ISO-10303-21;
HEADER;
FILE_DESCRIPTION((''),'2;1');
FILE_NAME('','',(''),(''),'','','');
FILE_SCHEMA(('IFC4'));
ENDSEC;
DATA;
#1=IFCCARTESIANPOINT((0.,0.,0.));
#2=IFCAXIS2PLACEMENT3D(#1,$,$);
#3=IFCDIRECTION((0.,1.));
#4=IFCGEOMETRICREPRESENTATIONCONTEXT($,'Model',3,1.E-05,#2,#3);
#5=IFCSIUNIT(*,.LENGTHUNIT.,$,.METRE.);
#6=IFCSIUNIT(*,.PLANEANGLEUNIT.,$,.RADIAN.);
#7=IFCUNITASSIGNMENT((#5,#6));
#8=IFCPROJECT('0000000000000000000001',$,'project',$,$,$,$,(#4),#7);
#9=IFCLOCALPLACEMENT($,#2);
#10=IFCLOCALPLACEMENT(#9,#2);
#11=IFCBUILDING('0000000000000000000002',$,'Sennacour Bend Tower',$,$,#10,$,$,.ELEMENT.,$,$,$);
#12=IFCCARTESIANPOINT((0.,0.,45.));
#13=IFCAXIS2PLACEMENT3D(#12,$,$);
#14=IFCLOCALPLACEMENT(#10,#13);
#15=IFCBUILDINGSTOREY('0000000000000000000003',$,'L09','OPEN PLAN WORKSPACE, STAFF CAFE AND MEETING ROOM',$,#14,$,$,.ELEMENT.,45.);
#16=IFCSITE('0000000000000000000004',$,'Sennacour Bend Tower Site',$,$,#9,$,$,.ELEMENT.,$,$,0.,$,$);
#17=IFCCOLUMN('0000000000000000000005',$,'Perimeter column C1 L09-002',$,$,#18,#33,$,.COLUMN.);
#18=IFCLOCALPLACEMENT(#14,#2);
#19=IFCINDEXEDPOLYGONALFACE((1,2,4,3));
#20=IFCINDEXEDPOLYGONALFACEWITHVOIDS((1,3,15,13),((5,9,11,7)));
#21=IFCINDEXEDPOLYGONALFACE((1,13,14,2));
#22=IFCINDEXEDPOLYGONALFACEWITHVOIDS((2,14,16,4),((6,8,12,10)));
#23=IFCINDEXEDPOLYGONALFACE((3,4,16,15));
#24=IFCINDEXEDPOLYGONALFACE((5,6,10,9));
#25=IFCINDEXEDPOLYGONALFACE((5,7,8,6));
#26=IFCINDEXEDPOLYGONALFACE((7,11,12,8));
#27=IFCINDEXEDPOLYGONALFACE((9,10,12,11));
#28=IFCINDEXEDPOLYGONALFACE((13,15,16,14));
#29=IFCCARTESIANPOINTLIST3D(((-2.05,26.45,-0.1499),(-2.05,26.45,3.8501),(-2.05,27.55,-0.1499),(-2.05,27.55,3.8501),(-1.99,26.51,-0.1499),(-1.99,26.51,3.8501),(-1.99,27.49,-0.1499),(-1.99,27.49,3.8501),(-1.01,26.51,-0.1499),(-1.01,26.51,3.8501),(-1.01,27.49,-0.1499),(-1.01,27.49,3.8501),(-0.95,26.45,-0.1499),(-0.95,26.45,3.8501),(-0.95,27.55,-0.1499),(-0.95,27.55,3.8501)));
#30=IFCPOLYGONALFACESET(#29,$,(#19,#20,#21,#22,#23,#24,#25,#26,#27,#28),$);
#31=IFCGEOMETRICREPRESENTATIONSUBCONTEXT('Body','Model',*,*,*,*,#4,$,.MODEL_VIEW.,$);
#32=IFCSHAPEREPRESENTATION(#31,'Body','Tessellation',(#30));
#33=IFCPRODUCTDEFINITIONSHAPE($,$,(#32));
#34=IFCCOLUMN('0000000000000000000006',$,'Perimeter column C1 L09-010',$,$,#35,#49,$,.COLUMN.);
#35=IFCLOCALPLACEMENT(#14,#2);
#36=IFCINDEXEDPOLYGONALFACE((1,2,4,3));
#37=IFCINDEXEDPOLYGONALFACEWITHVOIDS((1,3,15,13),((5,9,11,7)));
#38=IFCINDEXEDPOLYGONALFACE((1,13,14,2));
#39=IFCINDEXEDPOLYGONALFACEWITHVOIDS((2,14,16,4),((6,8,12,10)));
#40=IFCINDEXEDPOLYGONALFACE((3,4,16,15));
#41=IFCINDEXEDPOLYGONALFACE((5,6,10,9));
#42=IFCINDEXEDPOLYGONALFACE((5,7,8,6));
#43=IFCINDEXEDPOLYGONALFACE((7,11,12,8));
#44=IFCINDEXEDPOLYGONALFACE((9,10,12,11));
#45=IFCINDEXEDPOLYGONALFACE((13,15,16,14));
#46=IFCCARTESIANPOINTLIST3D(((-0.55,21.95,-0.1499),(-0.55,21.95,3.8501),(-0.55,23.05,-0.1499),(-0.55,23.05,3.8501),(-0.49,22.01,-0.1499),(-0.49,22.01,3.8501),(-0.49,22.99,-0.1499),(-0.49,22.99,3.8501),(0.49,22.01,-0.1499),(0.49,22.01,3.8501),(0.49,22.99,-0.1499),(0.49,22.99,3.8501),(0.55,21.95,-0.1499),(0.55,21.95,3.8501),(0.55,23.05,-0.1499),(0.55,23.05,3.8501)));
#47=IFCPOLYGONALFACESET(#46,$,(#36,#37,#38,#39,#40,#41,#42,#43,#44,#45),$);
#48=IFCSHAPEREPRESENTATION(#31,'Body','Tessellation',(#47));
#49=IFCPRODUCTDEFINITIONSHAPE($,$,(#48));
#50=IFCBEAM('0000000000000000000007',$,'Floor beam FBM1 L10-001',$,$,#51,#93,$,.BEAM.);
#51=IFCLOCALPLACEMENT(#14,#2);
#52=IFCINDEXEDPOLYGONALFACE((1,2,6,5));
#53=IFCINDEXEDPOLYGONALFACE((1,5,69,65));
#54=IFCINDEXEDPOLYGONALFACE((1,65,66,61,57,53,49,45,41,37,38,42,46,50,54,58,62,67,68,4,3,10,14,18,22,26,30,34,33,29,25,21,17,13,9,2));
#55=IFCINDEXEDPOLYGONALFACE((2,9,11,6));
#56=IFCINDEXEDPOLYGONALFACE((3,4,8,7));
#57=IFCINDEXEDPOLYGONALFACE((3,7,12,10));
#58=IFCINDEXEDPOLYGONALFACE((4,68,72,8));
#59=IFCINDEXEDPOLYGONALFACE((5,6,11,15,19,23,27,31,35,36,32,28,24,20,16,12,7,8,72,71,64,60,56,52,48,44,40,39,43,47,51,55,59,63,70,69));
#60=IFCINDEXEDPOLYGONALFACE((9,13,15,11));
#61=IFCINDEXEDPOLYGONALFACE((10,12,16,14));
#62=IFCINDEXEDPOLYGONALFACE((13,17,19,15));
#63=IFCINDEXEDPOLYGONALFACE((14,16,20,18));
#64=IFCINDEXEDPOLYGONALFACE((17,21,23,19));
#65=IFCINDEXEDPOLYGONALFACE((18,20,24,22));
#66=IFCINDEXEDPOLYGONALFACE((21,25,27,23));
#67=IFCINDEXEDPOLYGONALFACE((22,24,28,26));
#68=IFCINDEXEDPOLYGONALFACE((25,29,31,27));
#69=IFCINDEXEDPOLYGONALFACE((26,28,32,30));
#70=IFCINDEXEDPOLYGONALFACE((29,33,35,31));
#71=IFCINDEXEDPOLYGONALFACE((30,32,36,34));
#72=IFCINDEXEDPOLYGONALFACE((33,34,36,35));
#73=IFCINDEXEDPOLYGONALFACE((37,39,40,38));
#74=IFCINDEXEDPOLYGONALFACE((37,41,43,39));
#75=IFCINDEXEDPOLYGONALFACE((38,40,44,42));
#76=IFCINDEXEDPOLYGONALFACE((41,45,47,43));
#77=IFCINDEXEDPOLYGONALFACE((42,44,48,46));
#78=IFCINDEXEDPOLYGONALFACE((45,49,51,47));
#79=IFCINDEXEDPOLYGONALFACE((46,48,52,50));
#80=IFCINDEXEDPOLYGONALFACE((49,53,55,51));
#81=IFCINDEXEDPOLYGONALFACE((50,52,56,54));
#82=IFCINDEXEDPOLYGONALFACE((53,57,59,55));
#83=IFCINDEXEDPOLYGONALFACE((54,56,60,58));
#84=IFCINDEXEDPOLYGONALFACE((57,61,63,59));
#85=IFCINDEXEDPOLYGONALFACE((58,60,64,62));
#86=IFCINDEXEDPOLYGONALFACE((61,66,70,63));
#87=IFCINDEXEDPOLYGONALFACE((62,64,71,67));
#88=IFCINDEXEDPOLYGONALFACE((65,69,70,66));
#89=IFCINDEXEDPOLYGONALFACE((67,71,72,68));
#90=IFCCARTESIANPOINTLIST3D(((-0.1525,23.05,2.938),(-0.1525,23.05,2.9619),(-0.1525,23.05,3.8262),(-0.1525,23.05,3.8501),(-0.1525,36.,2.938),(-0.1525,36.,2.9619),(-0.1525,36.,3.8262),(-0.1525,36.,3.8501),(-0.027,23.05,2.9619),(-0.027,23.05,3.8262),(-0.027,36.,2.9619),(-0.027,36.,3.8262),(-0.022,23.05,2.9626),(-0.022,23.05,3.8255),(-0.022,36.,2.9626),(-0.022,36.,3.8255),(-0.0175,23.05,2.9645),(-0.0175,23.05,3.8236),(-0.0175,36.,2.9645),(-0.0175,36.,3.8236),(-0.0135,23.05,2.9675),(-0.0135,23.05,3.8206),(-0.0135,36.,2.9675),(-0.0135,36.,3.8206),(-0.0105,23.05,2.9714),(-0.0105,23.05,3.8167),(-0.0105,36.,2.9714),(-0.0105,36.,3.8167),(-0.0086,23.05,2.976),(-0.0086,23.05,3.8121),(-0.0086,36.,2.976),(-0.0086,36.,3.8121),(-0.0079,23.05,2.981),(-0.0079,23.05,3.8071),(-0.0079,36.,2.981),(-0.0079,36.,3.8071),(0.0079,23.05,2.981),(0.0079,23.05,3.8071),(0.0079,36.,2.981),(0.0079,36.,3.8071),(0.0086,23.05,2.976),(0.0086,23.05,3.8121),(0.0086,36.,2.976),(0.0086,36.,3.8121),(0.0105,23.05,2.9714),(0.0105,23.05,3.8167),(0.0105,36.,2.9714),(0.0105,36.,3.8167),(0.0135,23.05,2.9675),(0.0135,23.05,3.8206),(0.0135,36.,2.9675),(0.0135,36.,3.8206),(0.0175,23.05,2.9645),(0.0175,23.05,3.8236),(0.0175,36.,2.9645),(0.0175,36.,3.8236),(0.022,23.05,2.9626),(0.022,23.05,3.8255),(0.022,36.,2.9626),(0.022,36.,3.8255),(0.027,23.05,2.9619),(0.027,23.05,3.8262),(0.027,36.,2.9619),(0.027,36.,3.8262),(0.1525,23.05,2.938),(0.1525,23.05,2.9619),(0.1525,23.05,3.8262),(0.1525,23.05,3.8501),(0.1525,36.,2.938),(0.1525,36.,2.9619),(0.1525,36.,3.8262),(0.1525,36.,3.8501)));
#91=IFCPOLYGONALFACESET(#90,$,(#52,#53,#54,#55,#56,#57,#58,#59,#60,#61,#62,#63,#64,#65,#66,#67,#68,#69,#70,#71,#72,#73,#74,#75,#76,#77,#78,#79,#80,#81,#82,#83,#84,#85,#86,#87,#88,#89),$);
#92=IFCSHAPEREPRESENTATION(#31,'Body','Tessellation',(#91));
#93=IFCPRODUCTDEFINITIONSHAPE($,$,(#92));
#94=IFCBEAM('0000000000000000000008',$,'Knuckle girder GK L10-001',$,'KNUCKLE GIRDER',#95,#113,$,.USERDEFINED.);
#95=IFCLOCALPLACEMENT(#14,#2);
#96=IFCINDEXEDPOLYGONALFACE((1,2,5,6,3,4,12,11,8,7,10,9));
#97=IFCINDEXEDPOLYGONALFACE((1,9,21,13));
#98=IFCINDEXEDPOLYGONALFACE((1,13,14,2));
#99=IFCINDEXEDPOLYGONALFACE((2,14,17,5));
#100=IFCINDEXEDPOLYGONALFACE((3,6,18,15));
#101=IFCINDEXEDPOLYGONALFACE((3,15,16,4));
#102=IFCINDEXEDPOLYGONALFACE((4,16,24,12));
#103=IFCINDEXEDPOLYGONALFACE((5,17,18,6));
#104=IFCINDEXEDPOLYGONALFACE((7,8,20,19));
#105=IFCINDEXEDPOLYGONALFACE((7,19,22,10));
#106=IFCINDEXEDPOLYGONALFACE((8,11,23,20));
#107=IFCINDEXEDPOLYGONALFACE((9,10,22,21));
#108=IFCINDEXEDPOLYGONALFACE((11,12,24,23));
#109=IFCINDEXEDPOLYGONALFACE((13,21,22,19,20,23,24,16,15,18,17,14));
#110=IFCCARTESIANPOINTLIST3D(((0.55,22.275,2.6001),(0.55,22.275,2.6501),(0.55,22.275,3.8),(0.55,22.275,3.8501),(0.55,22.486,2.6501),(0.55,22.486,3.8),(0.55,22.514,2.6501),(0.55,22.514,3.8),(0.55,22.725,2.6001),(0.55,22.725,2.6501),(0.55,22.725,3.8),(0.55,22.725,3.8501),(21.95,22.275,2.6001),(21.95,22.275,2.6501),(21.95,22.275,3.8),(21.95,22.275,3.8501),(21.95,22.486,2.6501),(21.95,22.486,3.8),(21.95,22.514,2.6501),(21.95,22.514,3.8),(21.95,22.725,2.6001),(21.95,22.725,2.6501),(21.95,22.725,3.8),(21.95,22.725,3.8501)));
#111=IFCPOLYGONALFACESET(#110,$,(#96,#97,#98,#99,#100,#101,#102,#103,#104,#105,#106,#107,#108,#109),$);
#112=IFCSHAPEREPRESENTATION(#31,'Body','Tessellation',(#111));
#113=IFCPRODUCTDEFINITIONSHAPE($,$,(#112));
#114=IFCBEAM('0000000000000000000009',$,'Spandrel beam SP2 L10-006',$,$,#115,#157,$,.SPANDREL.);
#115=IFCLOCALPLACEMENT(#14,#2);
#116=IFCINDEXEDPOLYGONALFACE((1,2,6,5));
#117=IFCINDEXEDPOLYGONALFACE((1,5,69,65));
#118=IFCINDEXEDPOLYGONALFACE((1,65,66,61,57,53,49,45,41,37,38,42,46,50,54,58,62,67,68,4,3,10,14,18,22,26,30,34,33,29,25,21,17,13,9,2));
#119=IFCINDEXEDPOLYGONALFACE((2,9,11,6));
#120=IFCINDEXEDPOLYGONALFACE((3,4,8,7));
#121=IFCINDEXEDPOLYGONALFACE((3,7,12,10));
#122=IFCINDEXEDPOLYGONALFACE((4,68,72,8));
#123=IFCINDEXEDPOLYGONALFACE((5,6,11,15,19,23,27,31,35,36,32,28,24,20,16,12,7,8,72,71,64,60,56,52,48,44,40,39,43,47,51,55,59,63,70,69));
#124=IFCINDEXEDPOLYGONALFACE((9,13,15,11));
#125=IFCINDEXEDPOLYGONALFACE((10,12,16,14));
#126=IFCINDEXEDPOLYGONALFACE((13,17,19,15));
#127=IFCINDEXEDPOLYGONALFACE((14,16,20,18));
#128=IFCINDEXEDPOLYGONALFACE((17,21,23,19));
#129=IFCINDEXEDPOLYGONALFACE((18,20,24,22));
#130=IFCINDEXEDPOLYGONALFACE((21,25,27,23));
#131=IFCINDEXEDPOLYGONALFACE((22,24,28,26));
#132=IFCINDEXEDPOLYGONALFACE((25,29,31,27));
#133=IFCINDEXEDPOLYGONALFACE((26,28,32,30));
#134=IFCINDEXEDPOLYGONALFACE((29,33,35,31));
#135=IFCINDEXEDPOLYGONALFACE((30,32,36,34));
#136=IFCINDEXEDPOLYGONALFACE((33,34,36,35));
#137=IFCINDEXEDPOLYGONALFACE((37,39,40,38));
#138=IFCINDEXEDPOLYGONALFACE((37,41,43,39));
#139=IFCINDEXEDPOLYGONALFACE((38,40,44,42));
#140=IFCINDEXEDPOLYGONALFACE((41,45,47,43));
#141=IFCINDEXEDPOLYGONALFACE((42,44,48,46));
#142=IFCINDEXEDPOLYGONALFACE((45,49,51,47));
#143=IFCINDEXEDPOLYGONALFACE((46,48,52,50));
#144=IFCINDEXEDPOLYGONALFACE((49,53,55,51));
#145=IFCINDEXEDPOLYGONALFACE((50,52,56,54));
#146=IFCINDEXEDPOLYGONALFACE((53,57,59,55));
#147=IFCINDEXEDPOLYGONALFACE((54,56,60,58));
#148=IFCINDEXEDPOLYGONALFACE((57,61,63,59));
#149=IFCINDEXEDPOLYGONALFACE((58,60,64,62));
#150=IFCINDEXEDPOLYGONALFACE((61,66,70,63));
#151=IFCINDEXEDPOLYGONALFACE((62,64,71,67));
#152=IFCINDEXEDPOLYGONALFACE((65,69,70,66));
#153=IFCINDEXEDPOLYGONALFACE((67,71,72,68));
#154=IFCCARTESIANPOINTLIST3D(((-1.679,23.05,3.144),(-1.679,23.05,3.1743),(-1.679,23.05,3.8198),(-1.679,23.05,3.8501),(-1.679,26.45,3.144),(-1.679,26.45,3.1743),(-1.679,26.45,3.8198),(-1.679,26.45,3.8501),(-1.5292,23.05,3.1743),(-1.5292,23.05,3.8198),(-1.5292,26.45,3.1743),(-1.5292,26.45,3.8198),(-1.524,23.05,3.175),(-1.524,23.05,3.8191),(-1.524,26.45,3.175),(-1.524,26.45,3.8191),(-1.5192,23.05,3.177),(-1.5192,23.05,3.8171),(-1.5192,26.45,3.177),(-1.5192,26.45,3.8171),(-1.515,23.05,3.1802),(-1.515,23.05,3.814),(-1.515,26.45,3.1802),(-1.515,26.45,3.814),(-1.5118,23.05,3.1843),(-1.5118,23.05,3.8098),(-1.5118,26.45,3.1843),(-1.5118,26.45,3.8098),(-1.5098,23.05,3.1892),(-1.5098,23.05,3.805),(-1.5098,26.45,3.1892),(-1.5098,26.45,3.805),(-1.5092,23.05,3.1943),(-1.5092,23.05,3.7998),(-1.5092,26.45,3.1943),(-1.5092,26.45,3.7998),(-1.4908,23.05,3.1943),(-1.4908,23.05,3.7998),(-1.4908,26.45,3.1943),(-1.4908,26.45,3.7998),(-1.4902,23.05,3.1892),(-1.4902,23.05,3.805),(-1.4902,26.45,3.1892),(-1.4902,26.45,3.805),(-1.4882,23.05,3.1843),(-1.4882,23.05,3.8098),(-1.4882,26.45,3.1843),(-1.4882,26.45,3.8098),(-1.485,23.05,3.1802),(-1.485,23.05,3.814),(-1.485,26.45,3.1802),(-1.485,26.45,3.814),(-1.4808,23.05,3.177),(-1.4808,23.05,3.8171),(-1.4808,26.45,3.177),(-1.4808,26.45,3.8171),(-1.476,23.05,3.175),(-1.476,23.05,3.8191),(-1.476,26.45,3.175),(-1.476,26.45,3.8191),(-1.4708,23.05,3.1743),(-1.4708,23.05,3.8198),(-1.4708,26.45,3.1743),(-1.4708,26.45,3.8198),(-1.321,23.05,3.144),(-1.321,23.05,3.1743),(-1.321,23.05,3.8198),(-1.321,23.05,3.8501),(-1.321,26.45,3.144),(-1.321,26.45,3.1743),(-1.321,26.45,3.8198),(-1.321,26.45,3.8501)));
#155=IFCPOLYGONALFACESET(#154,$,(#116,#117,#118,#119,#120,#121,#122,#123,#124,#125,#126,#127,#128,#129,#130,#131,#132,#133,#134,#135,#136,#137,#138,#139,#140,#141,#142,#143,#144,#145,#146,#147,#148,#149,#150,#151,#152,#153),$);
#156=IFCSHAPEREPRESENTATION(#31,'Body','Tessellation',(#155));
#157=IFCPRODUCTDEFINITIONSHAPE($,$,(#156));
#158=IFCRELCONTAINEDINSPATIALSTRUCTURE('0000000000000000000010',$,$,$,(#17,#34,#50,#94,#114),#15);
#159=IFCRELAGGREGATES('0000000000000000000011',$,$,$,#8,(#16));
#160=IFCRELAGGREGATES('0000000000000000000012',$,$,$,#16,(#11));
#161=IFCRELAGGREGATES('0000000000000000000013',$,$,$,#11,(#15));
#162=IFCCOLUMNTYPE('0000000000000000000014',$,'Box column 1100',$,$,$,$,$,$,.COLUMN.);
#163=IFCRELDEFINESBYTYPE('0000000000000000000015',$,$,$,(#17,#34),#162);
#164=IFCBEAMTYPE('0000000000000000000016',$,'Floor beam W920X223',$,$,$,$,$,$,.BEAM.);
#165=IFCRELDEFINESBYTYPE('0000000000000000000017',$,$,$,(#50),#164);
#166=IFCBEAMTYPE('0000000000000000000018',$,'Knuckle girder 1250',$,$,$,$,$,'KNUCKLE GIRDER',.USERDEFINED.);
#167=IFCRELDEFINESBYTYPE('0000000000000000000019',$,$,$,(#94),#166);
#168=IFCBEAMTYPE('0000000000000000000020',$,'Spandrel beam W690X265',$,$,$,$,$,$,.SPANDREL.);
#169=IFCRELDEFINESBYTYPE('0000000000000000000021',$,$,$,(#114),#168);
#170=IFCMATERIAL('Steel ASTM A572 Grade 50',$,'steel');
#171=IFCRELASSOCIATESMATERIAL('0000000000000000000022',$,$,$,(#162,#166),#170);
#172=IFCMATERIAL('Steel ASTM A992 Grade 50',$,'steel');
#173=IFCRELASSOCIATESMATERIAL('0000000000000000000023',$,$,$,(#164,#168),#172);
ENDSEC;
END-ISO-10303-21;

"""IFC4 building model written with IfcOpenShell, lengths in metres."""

from ifc_helpers import new_model, si_unit, direction, frame, origin, origin_2d, place, context, subcontext, project, spatial, hollow_rectangle, i_section, extrude, material, material_profile, profile_set, type_object, element, save


model = new_model("IFC4")

# Units and contexts
model_context = context("Model", 3, precision=1e-05, world=origin(), true_north=direction((0.0, 1.0)))
body_context = subcontext(model_context, "Body", "Model", "MODEL_VIEW")
ifc_project = project(units=[si_unit("LENGTHUNIT", "METRE"), si_unit("PLANEANGLEUNIT", "RADIAN")], contexts=[model_context])

# Site, building, storey
site_placement = place(None, origin())
site = spatial("IfcSite", under=ifc_project, at=site_placement, Name="Sennacour Bend Tower Site", CompositionType="ELEMENT", RefElevation=0.0)
building_placement = place(site_placement, origin())
building = spatial("IfcBuilding", under=site, at=building_placement, Name="Sennacour Bend Tower", CompositionType="ELEMENT")
storey_placement = place(building_placement, frame((0.0, 0.0, 45.0)))
storey = spatial("IfcBuildingStorey", under=building, at=storey_placement, Name="L09", Description="OPEN PLAN WORKSPACE, STAFF CAFE AND MEETING ROOM", CompositionType="ELEMENT", Elevation=45.0)

# Columns
ifc_material_1 = material(Name="Steel ASTM A572 Grade 50", Category="steel")
ifc_material_profile_1 = material_profile(ifc_material_1, hollow_rectangle(XDim=1.1001, YDim=1.1001, WallThickness=0.0601, at=origin_2d()), Name="Steel ASTM A572 Grade 50", Category="steel")
ifc_profile_set_1 = profile_set([ifc_material_profile_1], Name="Steel ASTM A572 Grade 50")
column_type = type_object("IfcColumnType", Name="Box column 1100", PredefinedType="COLUMN", material=ifc_profile_set_1)
for number, where, z_axis, x_axis, name in (
    (1, (-1.5, 27.0, -0.1499), (0.0, 0.0, 1.0), (1.0, 0.0, 0.0), "Perimeter column C1 L09-002"),
    (2, (0.0, 22.5, -0.1499), (0.0, 0.0, 1.0), (1.0, 0.0, 0.0), "Perimeter column C1 L09-010"),
):
    element("IfcColumn", number, at=place(storey_placement, frame(where, z_axis=z_axis, x_axis=x_axis)), inside=storey, type_object=column_type, Name=name, PredefinedType="COLUMN", context=body_context, shape_type="SweptSolid", body=[
        extrude(hollow_rectangle(XDim=1.1001, YDim=1.1001, WallThickness=0.0601, at=origin_2d()), origin(), (0.0, 0.0, 1.0), 4.0),
    ])

# Beams
ifc_material_2 = material(Name="Steel ASTM A992 Grade 50", Category="steel")
ifc_material_profile_2 = material_profile(ifc_material_2, i_section(OverallWidth=0.3049, OverallDepth=0.9121, WebThickness=0.0159, FlangeThickness=0.0239, FilletRadius=0.019, at=origin_2d()), Name="Steel ASTM A992 Grade 50", Category="steel")
ifc_profile_set_2 = profile_set([ifc_material_profile_2], Name="Steel ASTM A992 Grade 50")
beam_type_1 = type_object("IfcBeamType", Name="Floor beam W920X223", PredefinedType="BEAM", material=ifc_profile_set_2)
beam_1_placement = place(storey_placement, frame((0.0, 23.05, 3.394), z_axis=(0.0, 1.0, 0.0), x_axis=(-1.0, 0.0, 0.0)))
element("IfcBeam", 3, at=beam_1_placement, inside=storey, type_object=beam_type_1, Name="Floor beam FBM1 L10-001", PredefinedType="BEAM", context=body_context, shape_type="SweptSolid", body=[
    extrude(i_section(OverallWidth=0.3049, OverallDepth=0.9121, WebThickness=0.0159, FlangeThickness=0.0239, FilletRadius=0.019, at=origin_2d()), origin(), (0.0, 0.0, 1.0), 12.95),
])
ifc_material_profile_3 = material_profile(ifc_material_1, i_section(OverallWidth=0.45, OverallDepth=1.25, WebThickness=0.0281, FlangeThickness=0.05, at=origin_2d()), Name="Steel ASTM A572 Grade 50", Category="steel")
ifc_profile_set_3 = profile_set([ifc_material_profile_3], Name="Steel ASTM A572 Grade 50")
beam_type_2 = type_object("IfcBeamType", Name="Knuckle girder 1250", ElementType="KNUCKLE GIRDER", PredefinedType="USERDEFINED", material=ifc_profile_set_3)
beam_2_placement = place(storey_placement, frame((0.55, 22.5, 3.2251), z_axis=(1.0, 0.0, 0.0), x_axis=(0.0, 1.0, 0.0)))
element("IfcBeam", 4, at=beam_2_placement, inside=storey, type_object=beam_type_2, Name="Knuckle girder GK L10-001", ObjectType="KNUCKLE GIRDER", PredefinedType="USERDEFINED", context=body_context, shape_type="SweptSolid", body=[
    extrude(i_section(OverallWidth=0.45, OverallDepth=1.25, WebThickness=0.0281, FlangeThickness=0.05, at=origin_2d()), origin(), (0.0, 0.0, 1.0), 21.3999),
])
ifc_material_profile_4 = material_profile(ifc_material_2, i_section(OverallWidth=0.3579, OverallDepth=0.7061, WebThickness=0.0183, FlangeThickness=0.0303, FilletRadius=0.02, at=origin_2d()), Name="Steel ASTM A992 Grade 50", Category="steel")
ifc_profile_set_4 = profile_set([ifc_material_profile_4], Name="Steel ASTM A992 Grade 50")
beam_type_3 = type_object("IfcBeamType", Name="Spandrel beam W690X265", PredefinedType="SPANDREL", material=ifc_profile_set_4)
for number, where, z_axis, x_axis, name in (
    (5, (-1.5, 23.05, 3.4971), (0.0, 1.0, 0.0), (-1.0, 0.0, 0.0), "Spandrel beam SP2 L10-006"),
):
    element("IfcBeam", number, at=place(storey_placement, frame(where, z_axis=z_axis, x_axis=x_axis)), inside=storey, type_object=beam_type_3, Name=name, PredefinedType="SPANDREL", context=body_context, shape_type="SweptSolid", body=[
        extrude(i_section(OverallWidth=0.3579, OverallDepth=0.7061, WebThickness=0.0183, FlangeThickness=0.0303, FilletRadius=0.02, at=origin_2d()), origin(), (0.0, 0.0, 1.0), 3.3999),
    ])

save(model, "model.ifc")
